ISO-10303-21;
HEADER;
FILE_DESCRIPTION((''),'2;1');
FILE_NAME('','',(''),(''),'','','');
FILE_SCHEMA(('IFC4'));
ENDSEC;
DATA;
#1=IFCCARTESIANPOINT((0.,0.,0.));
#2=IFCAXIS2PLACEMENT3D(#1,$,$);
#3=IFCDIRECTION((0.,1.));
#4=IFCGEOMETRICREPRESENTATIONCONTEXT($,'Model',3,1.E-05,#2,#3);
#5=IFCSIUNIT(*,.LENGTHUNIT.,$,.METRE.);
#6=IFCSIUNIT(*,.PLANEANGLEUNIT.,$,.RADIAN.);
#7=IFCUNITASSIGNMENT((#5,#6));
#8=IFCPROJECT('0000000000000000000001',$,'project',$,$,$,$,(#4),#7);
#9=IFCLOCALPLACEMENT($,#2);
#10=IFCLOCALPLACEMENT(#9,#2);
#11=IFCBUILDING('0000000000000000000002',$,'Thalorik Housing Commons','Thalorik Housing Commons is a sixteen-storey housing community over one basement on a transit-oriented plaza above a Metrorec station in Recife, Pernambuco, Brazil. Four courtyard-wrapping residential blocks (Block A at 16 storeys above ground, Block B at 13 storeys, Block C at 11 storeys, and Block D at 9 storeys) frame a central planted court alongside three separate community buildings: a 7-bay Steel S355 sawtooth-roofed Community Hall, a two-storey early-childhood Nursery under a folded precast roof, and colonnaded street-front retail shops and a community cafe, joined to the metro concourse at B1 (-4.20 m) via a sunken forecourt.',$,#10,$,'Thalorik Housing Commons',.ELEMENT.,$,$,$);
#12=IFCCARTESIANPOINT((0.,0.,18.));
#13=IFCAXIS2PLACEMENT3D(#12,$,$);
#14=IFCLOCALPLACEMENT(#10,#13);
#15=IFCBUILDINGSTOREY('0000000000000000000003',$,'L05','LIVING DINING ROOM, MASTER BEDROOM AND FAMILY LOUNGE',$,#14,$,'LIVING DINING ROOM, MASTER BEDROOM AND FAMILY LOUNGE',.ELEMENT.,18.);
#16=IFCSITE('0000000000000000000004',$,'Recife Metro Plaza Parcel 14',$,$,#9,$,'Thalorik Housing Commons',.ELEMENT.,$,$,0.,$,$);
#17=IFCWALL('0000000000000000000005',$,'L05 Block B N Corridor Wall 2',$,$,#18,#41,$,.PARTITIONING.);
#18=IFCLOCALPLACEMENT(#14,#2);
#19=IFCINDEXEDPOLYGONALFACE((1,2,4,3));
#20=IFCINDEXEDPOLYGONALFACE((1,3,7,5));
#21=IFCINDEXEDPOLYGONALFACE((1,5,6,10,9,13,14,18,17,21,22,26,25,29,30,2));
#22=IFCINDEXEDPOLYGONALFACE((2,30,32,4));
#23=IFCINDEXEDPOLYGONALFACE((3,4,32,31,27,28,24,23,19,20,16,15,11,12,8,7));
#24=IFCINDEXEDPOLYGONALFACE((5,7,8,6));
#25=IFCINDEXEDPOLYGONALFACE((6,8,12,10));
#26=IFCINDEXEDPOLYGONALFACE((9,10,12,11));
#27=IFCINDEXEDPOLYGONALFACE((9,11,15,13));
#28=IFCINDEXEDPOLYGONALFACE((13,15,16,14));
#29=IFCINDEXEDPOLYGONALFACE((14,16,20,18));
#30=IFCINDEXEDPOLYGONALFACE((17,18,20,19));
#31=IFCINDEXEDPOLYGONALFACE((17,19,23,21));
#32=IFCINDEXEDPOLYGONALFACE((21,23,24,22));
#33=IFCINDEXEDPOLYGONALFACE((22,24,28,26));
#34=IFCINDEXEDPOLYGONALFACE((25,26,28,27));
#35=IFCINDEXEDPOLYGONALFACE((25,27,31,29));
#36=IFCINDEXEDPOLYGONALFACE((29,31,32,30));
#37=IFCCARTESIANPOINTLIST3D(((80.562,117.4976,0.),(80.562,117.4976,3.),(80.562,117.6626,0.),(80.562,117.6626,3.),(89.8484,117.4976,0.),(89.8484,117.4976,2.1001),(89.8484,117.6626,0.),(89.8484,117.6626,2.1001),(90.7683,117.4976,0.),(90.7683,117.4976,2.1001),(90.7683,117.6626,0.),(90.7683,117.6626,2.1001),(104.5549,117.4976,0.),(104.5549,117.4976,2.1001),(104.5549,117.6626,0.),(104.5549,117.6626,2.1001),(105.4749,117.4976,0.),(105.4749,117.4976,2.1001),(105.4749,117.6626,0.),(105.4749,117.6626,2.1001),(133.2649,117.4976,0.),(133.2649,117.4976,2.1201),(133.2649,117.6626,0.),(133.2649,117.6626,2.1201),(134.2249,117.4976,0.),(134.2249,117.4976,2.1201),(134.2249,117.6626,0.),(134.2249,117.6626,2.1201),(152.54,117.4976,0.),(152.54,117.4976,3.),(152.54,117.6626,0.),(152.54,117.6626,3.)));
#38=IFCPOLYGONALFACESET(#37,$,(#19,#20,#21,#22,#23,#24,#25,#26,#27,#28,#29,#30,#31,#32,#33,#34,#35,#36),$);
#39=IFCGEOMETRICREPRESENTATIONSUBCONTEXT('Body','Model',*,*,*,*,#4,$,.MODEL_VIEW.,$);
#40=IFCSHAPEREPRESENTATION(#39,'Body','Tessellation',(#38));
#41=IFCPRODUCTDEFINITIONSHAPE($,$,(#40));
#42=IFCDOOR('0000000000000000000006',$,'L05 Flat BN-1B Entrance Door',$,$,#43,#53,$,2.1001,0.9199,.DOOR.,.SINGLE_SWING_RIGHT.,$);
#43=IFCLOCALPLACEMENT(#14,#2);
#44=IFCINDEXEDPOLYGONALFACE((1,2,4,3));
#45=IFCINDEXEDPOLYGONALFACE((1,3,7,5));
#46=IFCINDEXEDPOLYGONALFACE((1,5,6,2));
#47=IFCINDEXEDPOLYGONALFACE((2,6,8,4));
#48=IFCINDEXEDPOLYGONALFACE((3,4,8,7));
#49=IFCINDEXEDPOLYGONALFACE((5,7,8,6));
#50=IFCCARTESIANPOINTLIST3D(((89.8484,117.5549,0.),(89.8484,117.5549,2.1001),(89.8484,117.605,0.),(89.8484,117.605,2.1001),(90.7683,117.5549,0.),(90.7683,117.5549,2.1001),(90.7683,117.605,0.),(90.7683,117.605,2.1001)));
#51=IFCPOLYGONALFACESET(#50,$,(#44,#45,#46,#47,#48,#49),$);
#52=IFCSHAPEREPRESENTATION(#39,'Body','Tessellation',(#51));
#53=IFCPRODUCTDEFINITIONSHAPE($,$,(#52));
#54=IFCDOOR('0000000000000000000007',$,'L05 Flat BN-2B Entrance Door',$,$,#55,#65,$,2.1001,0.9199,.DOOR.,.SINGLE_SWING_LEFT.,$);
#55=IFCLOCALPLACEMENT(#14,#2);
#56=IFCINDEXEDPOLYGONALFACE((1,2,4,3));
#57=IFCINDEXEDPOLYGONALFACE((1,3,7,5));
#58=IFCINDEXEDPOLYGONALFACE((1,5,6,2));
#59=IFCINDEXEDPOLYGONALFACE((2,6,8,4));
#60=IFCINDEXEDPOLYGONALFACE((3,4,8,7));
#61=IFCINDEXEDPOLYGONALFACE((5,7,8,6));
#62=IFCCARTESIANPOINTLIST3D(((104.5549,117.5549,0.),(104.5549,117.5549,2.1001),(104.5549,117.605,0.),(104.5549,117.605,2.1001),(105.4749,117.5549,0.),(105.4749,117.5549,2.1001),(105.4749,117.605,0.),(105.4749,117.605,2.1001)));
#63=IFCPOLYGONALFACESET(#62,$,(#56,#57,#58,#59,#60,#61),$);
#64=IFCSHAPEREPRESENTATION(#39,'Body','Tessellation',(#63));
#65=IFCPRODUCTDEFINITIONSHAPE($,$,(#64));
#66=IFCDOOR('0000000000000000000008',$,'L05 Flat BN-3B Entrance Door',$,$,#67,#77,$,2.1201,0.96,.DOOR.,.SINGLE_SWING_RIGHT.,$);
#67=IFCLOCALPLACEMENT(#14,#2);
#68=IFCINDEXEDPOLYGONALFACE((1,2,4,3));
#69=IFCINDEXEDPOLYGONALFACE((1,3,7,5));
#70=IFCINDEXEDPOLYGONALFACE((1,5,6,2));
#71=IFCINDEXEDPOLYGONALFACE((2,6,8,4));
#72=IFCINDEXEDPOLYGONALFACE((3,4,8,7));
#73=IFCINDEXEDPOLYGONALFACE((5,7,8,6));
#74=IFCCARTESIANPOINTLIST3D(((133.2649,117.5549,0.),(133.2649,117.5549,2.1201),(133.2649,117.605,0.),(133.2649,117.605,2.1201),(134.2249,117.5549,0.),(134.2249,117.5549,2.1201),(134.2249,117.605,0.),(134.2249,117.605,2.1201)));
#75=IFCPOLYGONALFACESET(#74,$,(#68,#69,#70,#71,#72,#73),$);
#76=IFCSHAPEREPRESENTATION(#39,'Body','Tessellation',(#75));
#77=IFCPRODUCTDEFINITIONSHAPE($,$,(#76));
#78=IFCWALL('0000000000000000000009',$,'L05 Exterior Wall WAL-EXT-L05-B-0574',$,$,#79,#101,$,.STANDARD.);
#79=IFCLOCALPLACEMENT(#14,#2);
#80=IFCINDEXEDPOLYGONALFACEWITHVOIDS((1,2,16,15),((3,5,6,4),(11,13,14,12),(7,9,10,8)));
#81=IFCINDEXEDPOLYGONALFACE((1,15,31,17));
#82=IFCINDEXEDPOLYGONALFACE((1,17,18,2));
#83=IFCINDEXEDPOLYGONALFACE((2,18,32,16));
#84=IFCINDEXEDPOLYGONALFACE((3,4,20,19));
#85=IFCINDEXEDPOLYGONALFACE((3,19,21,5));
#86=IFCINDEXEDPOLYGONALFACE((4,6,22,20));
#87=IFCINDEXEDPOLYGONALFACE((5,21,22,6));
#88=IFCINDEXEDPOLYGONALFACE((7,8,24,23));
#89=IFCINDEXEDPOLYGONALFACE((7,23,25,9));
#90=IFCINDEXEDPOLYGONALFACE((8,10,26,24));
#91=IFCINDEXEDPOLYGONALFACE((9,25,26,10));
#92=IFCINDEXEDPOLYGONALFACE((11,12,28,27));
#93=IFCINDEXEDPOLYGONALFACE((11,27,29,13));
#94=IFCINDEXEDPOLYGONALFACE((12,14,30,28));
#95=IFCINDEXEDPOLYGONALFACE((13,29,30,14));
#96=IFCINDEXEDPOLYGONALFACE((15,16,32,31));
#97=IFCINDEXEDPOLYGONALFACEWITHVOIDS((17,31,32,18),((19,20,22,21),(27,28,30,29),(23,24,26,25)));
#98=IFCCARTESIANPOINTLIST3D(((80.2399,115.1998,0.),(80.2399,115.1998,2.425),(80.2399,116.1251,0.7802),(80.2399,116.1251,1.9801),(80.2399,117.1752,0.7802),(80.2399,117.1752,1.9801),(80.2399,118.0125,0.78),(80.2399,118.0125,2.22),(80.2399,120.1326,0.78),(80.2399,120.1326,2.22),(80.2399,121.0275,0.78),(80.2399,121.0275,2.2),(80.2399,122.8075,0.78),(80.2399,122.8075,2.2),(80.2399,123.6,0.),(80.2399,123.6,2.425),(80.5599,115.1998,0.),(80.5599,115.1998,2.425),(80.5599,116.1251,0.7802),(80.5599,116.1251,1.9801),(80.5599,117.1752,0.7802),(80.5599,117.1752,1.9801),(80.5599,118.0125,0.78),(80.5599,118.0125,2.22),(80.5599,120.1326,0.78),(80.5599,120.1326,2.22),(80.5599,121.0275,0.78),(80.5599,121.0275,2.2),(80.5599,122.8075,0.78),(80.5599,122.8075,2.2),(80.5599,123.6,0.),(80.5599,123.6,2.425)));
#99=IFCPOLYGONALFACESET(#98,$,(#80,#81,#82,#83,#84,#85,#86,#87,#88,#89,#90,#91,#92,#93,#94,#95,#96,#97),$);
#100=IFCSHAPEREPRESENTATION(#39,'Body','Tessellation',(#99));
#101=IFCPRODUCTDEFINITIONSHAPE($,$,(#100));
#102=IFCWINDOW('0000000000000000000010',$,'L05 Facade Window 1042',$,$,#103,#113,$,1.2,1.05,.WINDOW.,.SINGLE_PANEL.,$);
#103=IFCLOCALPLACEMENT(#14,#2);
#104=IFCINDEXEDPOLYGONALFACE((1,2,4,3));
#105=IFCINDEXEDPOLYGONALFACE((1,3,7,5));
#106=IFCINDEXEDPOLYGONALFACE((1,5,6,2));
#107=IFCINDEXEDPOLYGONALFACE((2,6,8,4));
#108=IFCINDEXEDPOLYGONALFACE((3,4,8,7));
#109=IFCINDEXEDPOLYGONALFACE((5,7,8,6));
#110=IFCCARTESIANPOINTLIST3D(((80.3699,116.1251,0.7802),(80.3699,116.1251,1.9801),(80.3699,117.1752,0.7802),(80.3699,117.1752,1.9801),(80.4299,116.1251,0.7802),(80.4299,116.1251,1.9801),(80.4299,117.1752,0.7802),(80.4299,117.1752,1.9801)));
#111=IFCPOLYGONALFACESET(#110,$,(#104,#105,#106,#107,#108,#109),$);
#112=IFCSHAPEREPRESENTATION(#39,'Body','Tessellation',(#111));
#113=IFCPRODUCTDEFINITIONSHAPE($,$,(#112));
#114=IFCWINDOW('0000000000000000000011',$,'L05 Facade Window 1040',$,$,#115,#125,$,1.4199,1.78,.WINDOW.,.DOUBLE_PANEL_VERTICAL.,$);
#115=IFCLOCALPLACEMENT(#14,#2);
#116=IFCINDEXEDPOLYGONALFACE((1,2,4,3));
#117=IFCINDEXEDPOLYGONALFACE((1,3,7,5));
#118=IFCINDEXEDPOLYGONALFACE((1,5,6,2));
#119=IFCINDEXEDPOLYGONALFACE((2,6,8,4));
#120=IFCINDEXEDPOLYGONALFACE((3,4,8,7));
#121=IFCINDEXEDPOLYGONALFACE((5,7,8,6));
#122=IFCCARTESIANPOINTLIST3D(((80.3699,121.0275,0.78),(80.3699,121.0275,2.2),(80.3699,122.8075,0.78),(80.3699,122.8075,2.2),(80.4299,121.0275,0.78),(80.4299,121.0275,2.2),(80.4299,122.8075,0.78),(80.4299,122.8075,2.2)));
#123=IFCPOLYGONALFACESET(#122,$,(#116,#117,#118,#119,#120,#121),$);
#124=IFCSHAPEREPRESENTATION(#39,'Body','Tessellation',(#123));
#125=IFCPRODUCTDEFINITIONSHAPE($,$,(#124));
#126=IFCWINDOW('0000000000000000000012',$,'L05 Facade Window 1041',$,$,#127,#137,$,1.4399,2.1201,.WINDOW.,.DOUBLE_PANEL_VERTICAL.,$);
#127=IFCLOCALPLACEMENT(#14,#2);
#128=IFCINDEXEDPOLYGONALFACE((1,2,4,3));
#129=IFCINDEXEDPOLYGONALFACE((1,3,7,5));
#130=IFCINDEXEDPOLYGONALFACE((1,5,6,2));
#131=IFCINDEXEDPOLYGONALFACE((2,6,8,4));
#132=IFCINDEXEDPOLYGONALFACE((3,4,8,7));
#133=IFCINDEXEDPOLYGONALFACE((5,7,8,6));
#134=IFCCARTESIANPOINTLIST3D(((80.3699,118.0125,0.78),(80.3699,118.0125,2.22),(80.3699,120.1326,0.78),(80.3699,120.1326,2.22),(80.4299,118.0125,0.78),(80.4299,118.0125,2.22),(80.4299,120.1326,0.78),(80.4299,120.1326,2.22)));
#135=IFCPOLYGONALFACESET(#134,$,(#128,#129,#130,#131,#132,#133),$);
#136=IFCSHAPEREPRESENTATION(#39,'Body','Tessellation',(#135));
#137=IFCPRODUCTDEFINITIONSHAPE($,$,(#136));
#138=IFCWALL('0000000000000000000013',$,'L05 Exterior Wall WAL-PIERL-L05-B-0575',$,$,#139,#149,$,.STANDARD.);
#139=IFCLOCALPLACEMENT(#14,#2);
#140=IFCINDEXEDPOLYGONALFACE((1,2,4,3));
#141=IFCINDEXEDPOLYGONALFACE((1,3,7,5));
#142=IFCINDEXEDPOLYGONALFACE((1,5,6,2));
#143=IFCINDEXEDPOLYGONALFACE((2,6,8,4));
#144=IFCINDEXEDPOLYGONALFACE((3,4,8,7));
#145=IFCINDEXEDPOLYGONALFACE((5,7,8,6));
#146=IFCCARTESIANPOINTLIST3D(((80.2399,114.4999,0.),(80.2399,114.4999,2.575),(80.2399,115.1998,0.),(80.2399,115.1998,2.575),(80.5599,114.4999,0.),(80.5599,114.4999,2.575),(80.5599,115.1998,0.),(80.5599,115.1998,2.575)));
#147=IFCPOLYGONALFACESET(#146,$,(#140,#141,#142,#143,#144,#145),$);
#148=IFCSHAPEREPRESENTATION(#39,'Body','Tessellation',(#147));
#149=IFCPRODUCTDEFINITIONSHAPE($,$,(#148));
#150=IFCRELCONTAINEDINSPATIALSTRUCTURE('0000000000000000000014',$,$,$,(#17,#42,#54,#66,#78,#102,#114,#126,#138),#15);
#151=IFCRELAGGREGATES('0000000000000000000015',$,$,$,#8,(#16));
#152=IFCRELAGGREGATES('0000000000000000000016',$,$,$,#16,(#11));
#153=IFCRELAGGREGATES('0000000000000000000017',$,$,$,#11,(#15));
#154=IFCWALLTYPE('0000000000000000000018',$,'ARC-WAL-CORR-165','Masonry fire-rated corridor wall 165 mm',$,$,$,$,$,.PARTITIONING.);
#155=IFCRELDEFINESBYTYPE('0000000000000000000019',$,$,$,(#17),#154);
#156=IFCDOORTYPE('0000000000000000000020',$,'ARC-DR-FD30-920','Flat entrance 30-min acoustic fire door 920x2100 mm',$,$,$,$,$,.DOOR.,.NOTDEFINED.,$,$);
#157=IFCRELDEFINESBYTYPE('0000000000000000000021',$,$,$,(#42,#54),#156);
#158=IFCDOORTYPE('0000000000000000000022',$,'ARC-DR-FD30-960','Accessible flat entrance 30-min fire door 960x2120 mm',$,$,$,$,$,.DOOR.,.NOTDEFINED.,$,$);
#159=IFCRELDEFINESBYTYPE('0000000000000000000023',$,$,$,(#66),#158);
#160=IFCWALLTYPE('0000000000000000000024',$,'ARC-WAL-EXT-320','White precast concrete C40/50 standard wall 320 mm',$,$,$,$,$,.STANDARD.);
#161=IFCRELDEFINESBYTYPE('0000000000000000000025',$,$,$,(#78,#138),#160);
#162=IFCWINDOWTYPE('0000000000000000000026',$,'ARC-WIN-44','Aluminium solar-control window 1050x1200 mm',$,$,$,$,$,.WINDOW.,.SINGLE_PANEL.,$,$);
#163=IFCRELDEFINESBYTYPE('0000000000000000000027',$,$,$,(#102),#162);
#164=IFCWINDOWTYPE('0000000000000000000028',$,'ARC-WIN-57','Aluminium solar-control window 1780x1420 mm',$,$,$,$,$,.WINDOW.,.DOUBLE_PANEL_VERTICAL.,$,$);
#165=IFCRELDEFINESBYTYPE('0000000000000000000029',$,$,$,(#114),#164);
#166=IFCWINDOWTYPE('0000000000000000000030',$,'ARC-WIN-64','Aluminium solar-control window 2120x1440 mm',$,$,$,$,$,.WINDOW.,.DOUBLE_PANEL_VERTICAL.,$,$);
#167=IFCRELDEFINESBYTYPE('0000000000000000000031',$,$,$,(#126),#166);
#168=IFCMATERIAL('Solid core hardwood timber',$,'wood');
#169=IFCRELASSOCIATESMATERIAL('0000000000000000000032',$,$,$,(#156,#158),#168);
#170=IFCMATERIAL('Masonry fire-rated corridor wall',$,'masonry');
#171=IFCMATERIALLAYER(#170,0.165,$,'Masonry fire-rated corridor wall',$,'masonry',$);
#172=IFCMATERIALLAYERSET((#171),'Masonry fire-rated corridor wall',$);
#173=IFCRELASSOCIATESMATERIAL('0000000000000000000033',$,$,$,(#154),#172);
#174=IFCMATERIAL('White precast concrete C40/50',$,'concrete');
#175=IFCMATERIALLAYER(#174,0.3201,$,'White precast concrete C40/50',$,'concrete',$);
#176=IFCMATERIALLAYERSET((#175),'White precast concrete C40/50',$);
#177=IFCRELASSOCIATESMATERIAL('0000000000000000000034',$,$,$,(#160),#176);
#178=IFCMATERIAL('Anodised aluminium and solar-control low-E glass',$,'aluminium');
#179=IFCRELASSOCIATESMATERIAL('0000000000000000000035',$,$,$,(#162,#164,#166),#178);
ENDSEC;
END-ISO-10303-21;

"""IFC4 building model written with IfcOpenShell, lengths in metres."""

from ifc_helpers import new_model, si_unit, direction, frame, frame_2d, origin, place, context, subcontext, project, spatial, rectangle, extrude, material, layer, layer_set, type_object, element, fill, save


model = new_model("IFC4")

# Units and contexts
model_context = context("Model", 3, precision=1e-05, world=origin(), true_north=direction((0.0, 1.0)))
body_context = subcontext(model_context, "Body", "Model", "MODEL_VIEW")
ifc_project = project(units=[si_unit("LENGTHUNIT", "METRE"), si_unit("PLANEANGLEUNIT", "RADIAN")], contexts=[model_context])

# Site, building, storey
site_placement = place(None, origin())
site = spatial("IfcSite", under=ifc_project, at=site_placement, Name="Recife Metro Plaza Parcel 14", LongName="Thalorik Housing Commons", CompositionType="ELEMENT", RefElevation=0.0)
building_placement = place(site_placement, origin())
building = spatial("IfcBuilding", under=site, at=building_placement, Name="Thalorik Housing Commons", Description="Thalorik Housing Commons is a sixteen-storey housing community over one basement on a transit-oriented plaza above a Metrorec station in Recife, Pernambuco, Brazil. Four courtyard-wrapping residential blocks (Block A at 16 storeys above ground, Block B at 13 storeys, Block C at 11 storeys, and Block D at 9 storeys) frame a central planted court alongside three separate community buildings: a 7-bay Steel S355 sawtooth-roofed Community Hall, a two-storey early-childhood Nursery under a folded precast roof, and colonnaded street-front retail shops and a community cafe, joined to the metro concourse at B1 (-4.20 m) via a sunken forecourt.", LongName="Thalorik Housing Commons", CompositionType="ELEMENT")
storey_placement = place(building_placement, frame((0.0, 0.0, 18.0)))
storey = spatial("IfcBuildingStorey", under=building, at=storey_placement, Name="L05", Description="LIVING DINING ROOM, MASTER BEDROOM AND FAMILY LOUNGE", LongName="LIVING DINING ROOM, MASTER BEDROOM AND FAMILY LOUNGE", CompositionType="ELEMENT", Elevation=18.0)

# Shared definitions
ifc_material_1 = material(Name="Anodised aluminium and solar-control low-E glass", Category="aluminium")

# Wall, openings, doors
ifc_material_2 = material(Name="Masonry fire-rated corridor wall", Category="masonry")
ifc_material_3 = material(Name="Solid core hardwood timber", Category="wood")
door_type_1 = type_object("IfcDoorType", Name="ARC-DR-FD30-920", Description="Flat entrance 30-min acoustic fire door 920x2100 mm", OperationType="NOTDEFINED", PredefinedType="DOOR", material=ifc_material_3)
door_type_2 = type_object("IfcDoorType", Name="ARC-DR-FD30-960", Description="Accessible flat entrance 30-min fire door 960x2120 mm", OperationType="NOTDEFINED", PredefinedType="DOOR", material=ifc_material_3)
ifc_layer_1 = layer(ifc_material_2, 0.165, Name="Masonry fire-rated corridor wall", Category="masonry")
ifc_layer_set_1 = layer_set([ifc_layer_1], Name="Masonry fire-rated corridor wall")
wall_type_1 = type_object("IfcWallType", Name="ARC-WAL-CORR-165", Description="Masonry fire-rated corridor wall 165 mm", PredefinedType="PARTITIONING", material=ifc_layer_set_1)
wall_1_placement = place(storey_placement, frame((80.562, 117.5801, 0.0), z_axis=(0.0, 0.0, 1.0), x_axis=(1.0, 0.0, 0.0)))
wall_1 = element("IfcWall", 1, at=wall_1_placement, inside=storey, type_object=wall_type_1, Name="L05 Block B N Corridor Wall 2", PredefinedType="PARTITIONING", context=body_context, shape_type="SweptSolid", body=[
    extrude(rectangle(XDim=71.978, YDim=0.165, at=frame_2d((35.989, 0.0))), origin(), (0.0, 0.0, 1.0), 3.0),
])
opening_1_placement = place(wall_1_placement, frame((9.2864, 0.0, 0.0)))
opening_1 = element("IfcOpeningElement", 2, at=opening_1_placement, cuts=wall_1, PredefinedType="OPENING", context=body_context, shape_type="SweptSolid", body=[
    extrude(rectangle(XDim=0.9199, YDim=2.1001, at=frame_2d((0.46, 1.05))), frame((0.0, 0.0925, 0.0), z_axis=(0.0, -1.0, 0.0), x_axis=(1.0, 0.0, 0.0)), (0.0, 0.0, 1.0), 0.1851),
])
opening_2_placement = place(wall_1_placement, frame((23.9929, 0.0, 0.0)))
opening_2 = element("IfcOpeningElement", 3, at=opening_2_placement, cuts=wall_1, PredefinedType="OPENING", context=body_context, shape_type="SweptSolid", body=[
    extrude(rectangle(XDim=0.9199, YDim=2.1001, at=frame_2d((0.46, 1.05))), frame((0.0, 0.0925, 0.0), z_axis=(0.0, -1.0, 0.0), x_axis=(1.0, 0.0, 0.0)), (0.0, 0.0, 1.0), 0.1851),
])
opening_3_placement = place(wall_1_placement, frame((52.7029, 0.0, 0.0)))
opening_3 = element("IfcOpeningElement", 4, at=opening_3_placement, cuts=wall_1, PredefinedType="OPENING", context=body_context, shape_type="SweptSolid", body=[
    extrude(rectangle(XDim=0.96, YDim=2.1201, at=frame_2d((0.48, 1.0601))), frame((0.0, 0.0925, 0.0), z_axis=(0.0, -1.0, 0.0), x_axis=(1.0, 0.0, 0.0)), (0.0, 0.0, 1.0), 0.1851),
])
door_1_placement = place(opening_1_placement, origin())
door_1 = element("IfcDoor", 5, at=door_1_placement, inside=storey, type_object=door_type_1, Name="L05 Flat BN-1B Entrance Door", OperationType="SINGLE_SWING_RIGHT", OverallHeight=2.1001, OverallWidth=0.9199, PredefinedType="DOOR", context=body_context, shape_type="SweptSolid", body=[
    extrude(rectangle(XDim=0.9199, YDim=2.1001, at=frame_2d((0.46, 1.05))), frame((0.0, 0.0249, 0.0), z_axis=(0.0, -1.0, 0.0), x_axis=(1.0, 0.0, 0.0)), (0.0, 0.0, 1.0), 0.05),
])
fill(opening_1, door_1)
door_2_placement = place(opening_2_placement, origin())
door_2 = element("IfcDoor", 6, at=door_2_placement, inside=storey, type_object=door_type_1, Name="L05 Flat BN-2B Entrance Door", OperationType="SINGLE_SWING_LEFT", OverallHeight=2.1001, OverallWidth=0.9199, PredefinedType="DOOR", context=body_context, shape_type="SweptSolid", body=[
    extrude(rectangle(XDim=0.9199, YDim=2.1001, at=frame_2d((0.46, 1.05))), frame((0.0, 0.0249, 0.0), z_axis=(0.0, -1.0, 0.0), x_axis=(1.0, 0.0, 0.0)), (0.0, 0.0, 1.0), 0.05),
])
fill(opening_2, door_2)
door_3_placement = place(opening_3_placement, origin())
door_3 = element("IfcDoor", 7, at=door_3_placement, inside=storey, type_object=door_type_2, Name="L05 Flat BN-3B Entrance Door", OperationType="SINGLE_SWING_RIGHT", OverallHeight=2.1201, OverallWidth=0.96, PredefinedType="DOOR", context=body_context, shape_type="SweptSolid", body=[
    extrude(rectangle(XDim=0.96, YDim=2.1201, at=frame_2d((0.48, 1.0601))), frame((0.0, 0.0249, 0.0), z_axis=(0.0, -1.0, 0.0), x_axis=(1.0, 0.0, 0.0)), (0.0, 0.0, 1.0), 0.05),
])
fill(opening_3, door_3)

# Wall, openings, windows
ifc_material_4 = material(Name="White precast concrete C40/50", Category="concrete")
ifc_layer_2 = layer(ifc_material_4, 0.3201, Name="White precast concrete C40/50", Category="concrete")
ifc_layer_set_2 = layer_set([ifc_layer_2], Name="White precast concrete C40/50")
wall_type_2 = type_object("IfcWallType", Name="ARC-WAL-EXT-320", Description="White precast concrete C40/50 standard wall 320 mm", PredefinedType="STANDARD", material=ifc_layer_set_2)
wall_2_placement = place(storey_placement, frame((80.3999, 123.6001, 0.0), z_axis=(0.0, 0.0, 1.0), x_axis=(0.0, -1.0, 0.0)))
wall_2 = element("IfcWall", 8, at=wall_2_placement, inside=storey, type_object=wall_type_2, Name="L05 Exterior Wall WAL-EXT-L05-B-0574", PredefinedType="STANDARD", context=body_context, shape_type="SweptSolid", body=[
    extrude(rectangle(XDim=8.4001, YDim=0.3201, at=frame_2d((4.2002, 0.0))), origin(), (0.0, 0.0, 1.0), 2.425),
])
opening_4_placement = place(wall_2_placement, frame((0.7925, 0.0, 0.78)))
opening_4 = element("IfcOpeningElement", 9, at=opening_4_placement, cuts=wall_2, PredefinedType="OPENING", context=body_context, shape_type="SweptSolid", body=[
    extrude(rectangle(XDim=1.78, YDim=1.4199, at=frame_2d((0.8901, 0.71))), frame((0.0, 0.1699, 0.0), z_axis=(0.0, -1.0, 0.0), x_axis=(1.0, 0.0, 0.0)), (0.0, 0.0, 1.0), 0.3401),
])
opening_5_placement = place(wall_2_placement, frame((3.4675, 0.0, 0.78)))
opening_5 = element("IfcOpeningElement", 10, at=opening_5_placement, cuts=wall_2, PredefinedType="OPENING", context=body_context, shape_type="SweptSolid", body=[
    extrude(rectangle(XDim=2.1201, YDim=1.4399, at=frame_2d((1.0601, 0.72))), frame((0.0, 0.1699, 0.0), z_axis=(0.0, -1.0, 0.0), x_axis=(1.0, 0.0, 0.0)), (0.0, 0.0, 1.0), 0.3401),
])
opening_6_placement = place(wall_2_placement, frame((6.425, 0.0, 0.78)))
opening_6 = element("IfcOpeningElement", 11, at=opening_6_placement, cuts=wall_2, PredefinedType="OPENING", context=body_context, shape_type="SweptSolid", body=[
    extrude(rectangle(XDim=1.05, YDim=1.2, at=frame_2d((0.5249, 0.6001))), frame((0.0, 0.1699, 0.0), z_axis=(0.0, -1.0, 0.0), x_axis=(1.0, 0.0, 0.0)), (0.0, 0.0, 1.0), 0.3401),
])
window_type_1 = type_object("IfcWindowType", Name="ARC-WIN-44", Description="Aluminium solar-control window 1050x1200 mm", PartitioningType="SINGLE_PANEL", PredefinedType="WINDOW", material=ifc_material_1)
window_1_placement = place(opening_6_placement, origin())
window_1 = element("IfcWindow", 12, at=window_1_placement, inside=storey, type_object=window_type_1, Name="L05 Facade Window 1042", OverallHeight=1.2, OverallWidth=1.05, PartitioningType="SINGLE_PANEL", PredefinedType="WINDOW", context=body_context, shape_type="SweptSolid", body=[
    extrude(rectangle(XDim=1.05, YDim=1.2, at=frame_2d((0.5249, 0.6001))), frame((0.0, 0.03, 0.0), z_axis=(0.0, -1.0, 0.0), x_axis=(1.0, 0.0, 0.0)), (0.0, 0.0, 1.0), 0.0601),
])
fill(opening_6, window_1)
window_type_2 = type_object("IfcWindowType", Name="ARC-WIN-57", Description="Aluminium solar-control window 1780x1420 mm", PartitioningType="DOUBLE_PANEL_VERTICAL", PredefinedType="WINDOW", material=ifc_material_1)
window_2_placement = place(opening_4_placement, origin())
window_2 = element("IfcWindow", 13, at=window_2_placement, inside=storey, type_object=window_type_2, Name="L05 Facade Window 1040", OverallHeight=1.4199, OverallWidth=1.78, PartitioningType="DOUBLE_PANEL_VERTICAL", PredefinedType="WINDOW", context=body_context, shape_type="SweptSolid", body=[
    extrude(rectangle(XDim=1.78, YDim=1.4199, at=frame_2d((0.8901, 0.71))), frame((0.0, 0.03, 0.0), z_axis=(0.0, -1.0, 0.0), x_axis=(1.0, 0.0, 0.0)), (0.0, 0.0, 1.0), 0.0601),
])
fill(opening_4, window_2)
window_type_3 = type_object("IfcWindowType", Name="ARC-WIN-64", Description="Aluminium solar-control window 2120x1440 mm", PartitioningType="DOUBLE_PANEL_VERTICAL", PredefinedType="WINDOW", material=ifc_material_1)
window_3_placement = place(opening_5_placement, origin())
window_3 = element("IfcWindow", 14, at=window_3_placement, inside=storey, type_object=window_type_3, Name="L05 Facade Window 1041", OverallHeight=1.4399, OverallWidth=2.1201, PartitioningType="DOUBLE_PANEL_VERTICAL", PredefinedType="WINDOW", context=body_context, shape_type="SweptSolid", body=[
    extrude(rectangle(XDim=2.1201, YDim=1.4399, at=frame_2d((1.0601, 0.72))), frame((0.0, 0.03, 0.0), z_axis=(0.0, -1.0, 0.0), x_axis=(1.0, 0.0, 0.0)), (0.0, 0.0, 1.0), 0.0601),
])
fill(opening_5, window_3)

# Wall
wall_3_placement = place(storey_placement, frame((80.3999, 115.2, 0.0), z_axis=(0.0, 0.0, 1.0), x_axis=(0.0, -1.0, 0.0)))
element("IfcWall", 15, at=wall_3_placement, inside=storey, type_object=wall_type_2, Name="L05 Exterior Wall WAL-PIERL-L05-B-0575", PredefinedType="STANDARD", context=body_context, shape_type="SweptSolid", body=[
    extrude(rectangle(XDim=0.7, YDim=0.3201, at=frame_2d((0.3501, 0.0))), origin(), (0.0, 0.0, 1.0), 2.575),
])

save(model, "model.ifc")
